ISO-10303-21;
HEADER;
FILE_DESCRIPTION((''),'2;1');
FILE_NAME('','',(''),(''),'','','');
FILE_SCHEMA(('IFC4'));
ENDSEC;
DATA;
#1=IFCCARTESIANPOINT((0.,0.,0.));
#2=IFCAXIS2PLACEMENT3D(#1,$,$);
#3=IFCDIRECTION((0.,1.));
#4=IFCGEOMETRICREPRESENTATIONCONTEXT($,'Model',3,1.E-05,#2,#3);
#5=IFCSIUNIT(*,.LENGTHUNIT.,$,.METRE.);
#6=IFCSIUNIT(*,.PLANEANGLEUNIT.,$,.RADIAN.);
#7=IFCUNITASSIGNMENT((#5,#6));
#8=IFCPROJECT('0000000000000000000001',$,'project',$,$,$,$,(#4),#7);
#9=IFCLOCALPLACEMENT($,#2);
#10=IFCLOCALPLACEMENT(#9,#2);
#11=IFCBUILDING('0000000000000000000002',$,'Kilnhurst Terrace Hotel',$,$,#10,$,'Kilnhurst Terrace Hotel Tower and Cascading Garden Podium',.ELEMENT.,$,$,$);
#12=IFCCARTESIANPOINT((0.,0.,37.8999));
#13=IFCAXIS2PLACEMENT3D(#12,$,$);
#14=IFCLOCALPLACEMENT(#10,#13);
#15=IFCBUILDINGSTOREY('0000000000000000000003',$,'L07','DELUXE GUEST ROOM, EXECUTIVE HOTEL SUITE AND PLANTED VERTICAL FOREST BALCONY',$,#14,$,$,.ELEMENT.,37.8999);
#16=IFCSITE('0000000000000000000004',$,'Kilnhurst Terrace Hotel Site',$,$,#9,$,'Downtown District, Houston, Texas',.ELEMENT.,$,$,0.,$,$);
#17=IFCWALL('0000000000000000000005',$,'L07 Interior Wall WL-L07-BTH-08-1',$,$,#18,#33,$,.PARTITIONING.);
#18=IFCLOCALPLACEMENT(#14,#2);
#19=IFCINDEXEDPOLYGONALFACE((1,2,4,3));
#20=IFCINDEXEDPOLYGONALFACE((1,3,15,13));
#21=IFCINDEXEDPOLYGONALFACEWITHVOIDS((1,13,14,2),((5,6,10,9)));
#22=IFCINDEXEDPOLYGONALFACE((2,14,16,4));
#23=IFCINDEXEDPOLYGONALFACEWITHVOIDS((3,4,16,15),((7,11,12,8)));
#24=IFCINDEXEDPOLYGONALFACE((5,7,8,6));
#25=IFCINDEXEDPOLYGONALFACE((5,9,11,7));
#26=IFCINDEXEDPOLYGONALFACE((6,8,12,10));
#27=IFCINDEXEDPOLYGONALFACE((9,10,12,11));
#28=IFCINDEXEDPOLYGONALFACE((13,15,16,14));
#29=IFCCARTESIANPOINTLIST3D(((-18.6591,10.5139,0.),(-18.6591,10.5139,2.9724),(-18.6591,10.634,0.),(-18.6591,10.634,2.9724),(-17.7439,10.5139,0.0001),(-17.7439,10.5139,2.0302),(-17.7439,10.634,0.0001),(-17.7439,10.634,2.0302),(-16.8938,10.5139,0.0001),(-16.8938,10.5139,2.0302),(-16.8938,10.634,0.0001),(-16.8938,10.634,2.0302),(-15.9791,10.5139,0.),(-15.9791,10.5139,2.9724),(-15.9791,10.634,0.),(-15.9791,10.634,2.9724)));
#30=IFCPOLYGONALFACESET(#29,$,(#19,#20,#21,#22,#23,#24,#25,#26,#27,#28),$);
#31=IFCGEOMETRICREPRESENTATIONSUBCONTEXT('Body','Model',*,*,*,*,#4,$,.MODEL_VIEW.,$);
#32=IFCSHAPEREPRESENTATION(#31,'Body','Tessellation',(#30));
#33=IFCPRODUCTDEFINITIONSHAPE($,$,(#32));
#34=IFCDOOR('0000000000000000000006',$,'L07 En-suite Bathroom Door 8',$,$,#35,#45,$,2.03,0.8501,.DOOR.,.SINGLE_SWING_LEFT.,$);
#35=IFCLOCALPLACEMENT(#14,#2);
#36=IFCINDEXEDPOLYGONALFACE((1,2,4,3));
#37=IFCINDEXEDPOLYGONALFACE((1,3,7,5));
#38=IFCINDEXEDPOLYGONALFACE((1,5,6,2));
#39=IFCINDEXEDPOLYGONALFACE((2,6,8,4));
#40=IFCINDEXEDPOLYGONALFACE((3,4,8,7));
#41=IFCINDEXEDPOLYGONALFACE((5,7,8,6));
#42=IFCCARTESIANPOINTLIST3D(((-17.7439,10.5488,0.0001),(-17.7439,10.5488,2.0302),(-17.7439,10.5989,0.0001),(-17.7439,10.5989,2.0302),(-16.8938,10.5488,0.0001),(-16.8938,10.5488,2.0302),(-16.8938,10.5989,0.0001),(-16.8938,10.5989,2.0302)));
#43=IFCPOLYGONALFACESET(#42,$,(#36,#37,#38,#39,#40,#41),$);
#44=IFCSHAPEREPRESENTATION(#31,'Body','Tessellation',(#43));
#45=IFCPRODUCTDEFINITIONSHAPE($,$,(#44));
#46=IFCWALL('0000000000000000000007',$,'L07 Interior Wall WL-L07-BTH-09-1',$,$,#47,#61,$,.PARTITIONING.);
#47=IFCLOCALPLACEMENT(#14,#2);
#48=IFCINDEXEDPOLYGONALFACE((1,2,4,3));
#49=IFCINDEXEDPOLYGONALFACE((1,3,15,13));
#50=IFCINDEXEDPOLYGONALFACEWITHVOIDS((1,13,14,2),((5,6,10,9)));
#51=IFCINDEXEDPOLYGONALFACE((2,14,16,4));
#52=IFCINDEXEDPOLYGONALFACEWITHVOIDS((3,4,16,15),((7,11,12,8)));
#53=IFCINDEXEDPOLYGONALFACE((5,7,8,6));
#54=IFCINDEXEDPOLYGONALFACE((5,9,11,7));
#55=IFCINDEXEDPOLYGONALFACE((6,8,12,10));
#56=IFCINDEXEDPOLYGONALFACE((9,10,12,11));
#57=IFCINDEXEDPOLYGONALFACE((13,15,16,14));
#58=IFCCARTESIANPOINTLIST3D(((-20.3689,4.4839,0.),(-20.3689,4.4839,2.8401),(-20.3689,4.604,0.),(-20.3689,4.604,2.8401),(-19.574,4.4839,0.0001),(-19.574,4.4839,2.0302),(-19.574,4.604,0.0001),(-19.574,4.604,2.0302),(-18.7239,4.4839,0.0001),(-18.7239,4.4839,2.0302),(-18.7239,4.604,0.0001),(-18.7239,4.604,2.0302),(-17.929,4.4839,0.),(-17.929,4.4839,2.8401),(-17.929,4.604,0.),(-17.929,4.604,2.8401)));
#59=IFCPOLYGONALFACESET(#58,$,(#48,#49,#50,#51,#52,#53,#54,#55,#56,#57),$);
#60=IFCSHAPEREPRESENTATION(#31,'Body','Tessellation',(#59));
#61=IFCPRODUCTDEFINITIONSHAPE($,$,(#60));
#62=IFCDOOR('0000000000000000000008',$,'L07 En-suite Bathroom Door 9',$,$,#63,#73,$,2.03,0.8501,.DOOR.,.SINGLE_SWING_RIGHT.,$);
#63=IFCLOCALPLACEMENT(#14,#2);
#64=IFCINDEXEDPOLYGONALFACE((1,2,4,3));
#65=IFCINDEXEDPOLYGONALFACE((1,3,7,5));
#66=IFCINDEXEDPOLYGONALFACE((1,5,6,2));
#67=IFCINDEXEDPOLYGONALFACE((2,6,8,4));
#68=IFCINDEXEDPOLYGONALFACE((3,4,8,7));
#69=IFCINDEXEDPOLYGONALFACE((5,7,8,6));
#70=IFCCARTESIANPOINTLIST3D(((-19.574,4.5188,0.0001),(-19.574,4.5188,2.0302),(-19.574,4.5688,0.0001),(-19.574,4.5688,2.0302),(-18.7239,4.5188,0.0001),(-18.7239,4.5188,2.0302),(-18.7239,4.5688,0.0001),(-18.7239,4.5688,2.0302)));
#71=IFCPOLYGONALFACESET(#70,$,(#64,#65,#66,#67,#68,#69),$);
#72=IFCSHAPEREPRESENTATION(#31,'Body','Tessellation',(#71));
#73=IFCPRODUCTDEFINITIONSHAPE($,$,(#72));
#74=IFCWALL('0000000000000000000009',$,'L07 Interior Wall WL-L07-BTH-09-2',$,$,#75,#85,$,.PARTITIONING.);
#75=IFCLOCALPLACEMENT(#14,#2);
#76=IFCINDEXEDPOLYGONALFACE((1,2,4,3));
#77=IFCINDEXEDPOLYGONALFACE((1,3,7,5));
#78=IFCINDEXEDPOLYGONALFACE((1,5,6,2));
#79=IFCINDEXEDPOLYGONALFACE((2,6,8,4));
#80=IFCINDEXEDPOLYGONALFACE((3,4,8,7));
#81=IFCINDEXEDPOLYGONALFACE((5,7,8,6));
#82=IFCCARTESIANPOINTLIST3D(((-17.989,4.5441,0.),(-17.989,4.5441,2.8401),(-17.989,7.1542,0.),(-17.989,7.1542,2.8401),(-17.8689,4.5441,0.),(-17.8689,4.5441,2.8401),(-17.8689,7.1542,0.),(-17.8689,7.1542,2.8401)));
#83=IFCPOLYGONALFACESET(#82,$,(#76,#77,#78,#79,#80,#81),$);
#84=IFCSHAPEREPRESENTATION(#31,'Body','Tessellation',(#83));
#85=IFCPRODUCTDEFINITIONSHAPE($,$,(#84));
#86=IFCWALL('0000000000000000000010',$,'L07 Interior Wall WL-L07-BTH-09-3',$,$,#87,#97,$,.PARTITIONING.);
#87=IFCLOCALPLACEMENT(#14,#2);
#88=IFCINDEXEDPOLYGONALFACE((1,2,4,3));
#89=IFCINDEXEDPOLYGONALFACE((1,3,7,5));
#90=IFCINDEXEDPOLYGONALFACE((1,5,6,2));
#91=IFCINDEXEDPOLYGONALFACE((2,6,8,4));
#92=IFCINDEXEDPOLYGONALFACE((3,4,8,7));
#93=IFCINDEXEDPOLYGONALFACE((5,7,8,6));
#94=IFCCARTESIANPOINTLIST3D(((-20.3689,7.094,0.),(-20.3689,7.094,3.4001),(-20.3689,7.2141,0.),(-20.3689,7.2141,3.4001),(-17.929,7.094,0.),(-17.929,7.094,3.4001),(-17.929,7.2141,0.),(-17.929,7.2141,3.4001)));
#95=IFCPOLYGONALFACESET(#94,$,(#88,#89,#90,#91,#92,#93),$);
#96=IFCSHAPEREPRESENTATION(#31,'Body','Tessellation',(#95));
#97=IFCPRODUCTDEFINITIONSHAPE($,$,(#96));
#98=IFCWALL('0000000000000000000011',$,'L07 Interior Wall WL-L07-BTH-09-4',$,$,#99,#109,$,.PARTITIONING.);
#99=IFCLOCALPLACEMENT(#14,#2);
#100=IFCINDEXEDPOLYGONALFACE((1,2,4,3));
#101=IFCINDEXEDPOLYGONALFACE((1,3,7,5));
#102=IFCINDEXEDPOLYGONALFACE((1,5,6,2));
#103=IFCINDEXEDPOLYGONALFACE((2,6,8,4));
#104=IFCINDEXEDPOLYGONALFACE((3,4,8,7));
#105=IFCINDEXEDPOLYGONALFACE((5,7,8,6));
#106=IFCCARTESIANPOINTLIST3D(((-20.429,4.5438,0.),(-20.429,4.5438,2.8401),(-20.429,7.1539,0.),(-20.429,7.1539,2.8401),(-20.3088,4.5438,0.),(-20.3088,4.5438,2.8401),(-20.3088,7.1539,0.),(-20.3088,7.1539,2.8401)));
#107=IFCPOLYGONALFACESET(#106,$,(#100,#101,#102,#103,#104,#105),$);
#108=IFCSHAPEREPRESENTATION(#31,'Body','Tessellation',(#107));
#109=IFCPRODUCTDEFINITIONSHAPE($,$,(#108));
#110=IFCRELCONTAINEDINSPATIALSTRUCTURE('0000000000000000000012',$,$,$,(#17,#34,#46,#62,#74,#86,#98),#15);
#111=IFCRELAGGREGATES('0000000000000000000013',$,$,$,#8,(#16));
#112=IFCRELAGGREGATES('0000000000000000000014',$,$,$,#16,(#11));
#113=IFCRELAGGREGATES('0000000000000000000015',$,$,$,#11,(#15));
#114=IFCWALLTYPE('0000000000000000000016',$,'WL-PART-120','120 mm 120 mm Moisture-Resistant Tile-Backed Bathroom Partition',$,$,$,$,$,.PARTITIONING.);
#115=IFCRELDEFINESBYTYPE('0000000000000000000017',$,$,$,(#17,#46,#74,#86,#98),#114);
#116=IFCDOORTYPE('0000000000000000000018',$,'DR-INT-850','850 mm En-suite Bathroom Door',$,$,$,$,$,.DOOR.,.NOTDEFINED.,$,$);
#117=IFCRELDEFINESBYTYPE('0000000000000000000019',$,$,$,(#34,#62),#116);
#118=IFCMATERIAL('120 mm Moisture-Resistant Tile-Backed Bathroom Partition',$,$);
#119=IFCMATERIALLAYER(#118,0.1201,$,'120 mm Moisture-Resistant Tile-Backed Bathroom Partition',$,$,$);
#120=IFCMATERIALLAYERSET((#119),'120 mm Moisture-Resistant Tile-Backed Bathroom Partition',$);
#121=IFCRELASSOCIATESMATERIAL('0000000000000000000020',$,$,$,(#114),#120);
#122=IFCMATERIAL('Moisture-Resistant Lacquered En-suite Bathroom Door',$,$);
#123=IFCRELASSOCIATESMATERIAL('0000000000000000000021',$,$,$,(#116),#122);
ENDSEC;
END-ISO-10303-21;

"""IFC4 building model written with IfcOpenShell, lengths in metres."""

from ifc_helpers import new_model, si_unit, direction, frame, frame_2d, origin, place, context, subcontext, project, spatial, rectangle, extrude, material, layer, layer_set, type_object, element, fill, save


model = new_model("IFC4")

# Units and contexts
model_context = context("Model", 3, precision=1e-05, world=origin(), true_north=direction((0.0, 1.0)))
body_context = subcontext(model_context, "Body", "Model", "MODEL_VIEW")
ifc_project = project(units=[si_unit("LENGTHUNIT", "METRE"), si_unit("PLANEANGLEUNIT", "RADIAN")], contexts=[model_context])

# Site, building, storey
site_placement = place(None, origin())
site = spatial("IfcSite", under=ifc_project, at=site_placement, Name="Kilnhurst Terrace Hotel Site", LongName="Downtown District, Houston, Texas", CompositionType="ELEMENT", RefElevation=0.0)
building_placement = place(site_placement, origin())
building = spatial("IfcBuilding", under=site, at=building_placement, Name="Kilnhurst Terrace Hotel", LongName="Kilnhurst Terrace Hotel Tower and Cascading Garden Podium", CompositionType="ELEMENT")
storey_placement = place(building_placement, frame((0.0, 0.0, 37.8999)))
storey = spatial("IfcBuildingStorey", under=building, at=storey_placement, Name="L07", Description="DELUXE GUEST ROOM, EXECUTIVE HOTEL SUITE AND PLANTED VERTICAL FOREST BALCONY", CompositionType="ELEMENT", Elevation=37.8999)

# Walls, openings, doors
ifc_material_1 = material(Name="120 mm Moisture-Resistant Tile-Backed Bathroom Partition")
ifc_layer_1 = layer(ifc_material_1, 0.1201, Name="120 mm Moisture-Resistant Tile-Backed Bathroom Partition")
ifc_layer_set_1 = layer_set([ifc_layer_1], Name="120 mm Moisture-Resistant Tile-Backed Bathroom Partition")
wall_type_1 = type_object("IfcWallType", Name="WL-PART-120", Description="120 mm 120 mm Moisture-Resistant Tile-Backed Bathroom Partition", PredefinedType="PARTITIONING", material=ifc_layer_set_1)
wall_1_placement = place(storey_placement, frame((-18.6589, 10.574, 0.0), z_axis=(0.0, 0.0, 1.0), x_axis=(1.0, 0.0, 0.0)))
wall_1 = element("IfcWall", 1, at=wall_1_placement, inside=storey, type_object=wall_type_1, Name="L07 Interior Wall WL-L07-BTH-08-1", PredefinedType="PARTITIONING", context=body_context, shape_type="SweptSolid", body=[
    extrude(rectangle(XDim=2.6799, YDim=0.1201, at=frame_2d((1.3398, 0.0))), origin(), (0.0, 0.0, 1.0), 2.9724),
])
opening_1_placement = place(wall_1_placement, frame((0.915, 0.0, 0.0)))
opening_1 = element("IfcOpeningElement", 2, at=opening_1_placement, cuts=wall_1, PredefinedType="OPENING", context=body_context, shape_type="SweptSolid", body=[
    extrude(rectangle(XDim=0.8501, YDim=2.03, at=frame_2d((0.425, 1.0151))), frame((0.0, 0.0701, 0.0), z_axis=(0.0, -1.0, 0.0), x_axis=(1.0, 0.0, 0.0)), (0.0, 0.0, 1.0), 0.1401),
])
ifc_material_2 = material(Name="Moisture-Resistant Lacquered En-suite Bathroom Door")
door_type_1 = type_object("IfcDoorType", Name="DR-INT-850", Description="850 mm En-suite Bathroom Door", OperationType="NOTDEFINED", PredefinedType="DOOR", material=ifc_material_2)
door_1_placement = place(opening_1_placement, origin())
door_1 = element("IfcDoor", 3, at=door_1_placement, inside=storey, type_object=door_type_1, Name="L07 En-suite Bathroom Door 8", OperationType="SINGLE_SWING_LEFT", OverallHeight=2.03, OverallWidth=0.8501, PredefinedType="DOOR", context=body_context, shape_type="SweptSolid", body=[
    extrude(rectangle(XDim=0.8501, YDim=2.03, at=frame_2d((0.425, 1.0151))), frame((0.0, 0.0249, 0.0), z_axis=(0.0, -1.0, 0.0), x_axis=(1.0, 0.0, 0.0)), (0.0, 0.0, 1.0), 0.05),
])
fill(opening_1, door_1)
wall_2_placement = place(storey_placement, frame((-20.3689, 4.5439, 0.0), z_axis=(0.0, 0.0, 1.0), x_axis=(1.0, 0.0, 0.0)))
wall_2 = element("IfcWall", 4, at=wall_2_placement, inside=storey, type_object=wall_type_1, Name="L07 Interior Wall WL-L07-BTH-09-1", PredefinedType="PARTITIONING", context=body_context, shape_type="SweptSolid", body=[
    extrude(rectangle(XDim=2.4399, YDim=0.1201, at=frame_2d((1.22, 0.0))), origin(), (0.0, 0.0, 1.0), 2.8401),
])
opening_2_placement = place(wall_2_placement, frame((0.7949, 0.0, 0.0)))
opening_2 = element("IfcOpeningElement", 5, at=opening_2_placement, cuts=wall_2, PredefinedType="OPENING", context=body_context, shape_type="SweptSolid", body=[
    extrude(rectangle(XDim=0.8501, YDim=2.03, at=frame_2d((0.425, 1.0151))), frame((0.0, 0.0701, 0.0), z_axis=(0.0, -1.0, 0.0), x_axis=(1.0, 0.0, 0.0)), (0.0, 0.0, 1.0), 0.1401),
])
door_2_placement = place(opening_2_placement, origin())
door_2 = element("IfcDoor", 6, at=door_2_placement, inside=storey, type_object=door_type_1, Name="L07 En-suite Bathroom Door 9", OperationType="SINGLE_SWING_RIGHT", OverallHeight=2.03, OverallWidth=0.8501, PredefinedType="DOOR", context=body_context, shape_type="SweptSolid", body=[
    extrude(rectangle(XDim=0.8501, YDim=2.03, at=frame_2d((0.425, 1.0151))), frame((0.0, 0.0249, 0.0), z_axis=(0.0, -1.0, 0.0), x_axis=(1.0, 0.0, 0.0)), (0.0, 0.0, 1.0), 0.05),
])
fill(opening_2, door_2)

# Walls
wall_3_placement = place(storey_placement, frame((-17.929, 4.5439, 0.0), z_axis=(0.0, 0.0, 1.0), x_axis=(0.0, 1.0, 0.0)))
element("IfcWall", 7, at=wall_3_placement, inside=storey, type_object=wall_type_1, Name="L07 Interior Wall WL-L07-BTH-09-2", PredefinedType="PARTITIONING", context=body_context, shape_type="SweptSolid", body=[
    extrude(rectangle(XDim=2.6101, YDim=0.1201, at=frame_2d((1.3052, 0.0))), origin(), (0.0, 0.0, 1.0), 2.8401),
])
wall_4_placement = place(storey_placement, frame((-17.929, 7.1541, 0.0), z_axis=(0.0, 0.0, 1.0), x_axis=(-1.0, 0.0, 0.0)))
element("IfcWall", 8, at=wall_4_placement, inside=storey, type_object=wall_type_1, Name="L07 Interior Wall WL-L07-BTH-09-3", PredefinedType="PARTITIONING", context=body_context, shape_type="SweptSolid", body=[
    extrude(rectangle(XDim=2.4399, YDim=0.1201, at=frame_2d((1.22, 0.0))), origin(), (0.0, 0.0, 1.0), 3.4001),
])
wall_5_placement = place(storey_placement, frame((-20.3689, 7.1541, 0.0), z_axis=(0.0, 0.0, 1.0), x_axis=(0.0, -1.0, 0.0)))
element("IfcWall", 9, at=wall_5_placement, inside=storey, type_object=wall_type_1, Name="L07 Interior Wall WL-L07-BTH-09-4", PredefinedType="PARTITIONING", context=body_context, shape_type="SweptSolid", body=[
    extrude(rectangle(XDim=2.6101, YDim=0.1201, at=frame_2d((1.3052, 0.0))), origin(), (0.0, 0.0, 1.0), 2.8401),
])

save(model, "model.ifc")
